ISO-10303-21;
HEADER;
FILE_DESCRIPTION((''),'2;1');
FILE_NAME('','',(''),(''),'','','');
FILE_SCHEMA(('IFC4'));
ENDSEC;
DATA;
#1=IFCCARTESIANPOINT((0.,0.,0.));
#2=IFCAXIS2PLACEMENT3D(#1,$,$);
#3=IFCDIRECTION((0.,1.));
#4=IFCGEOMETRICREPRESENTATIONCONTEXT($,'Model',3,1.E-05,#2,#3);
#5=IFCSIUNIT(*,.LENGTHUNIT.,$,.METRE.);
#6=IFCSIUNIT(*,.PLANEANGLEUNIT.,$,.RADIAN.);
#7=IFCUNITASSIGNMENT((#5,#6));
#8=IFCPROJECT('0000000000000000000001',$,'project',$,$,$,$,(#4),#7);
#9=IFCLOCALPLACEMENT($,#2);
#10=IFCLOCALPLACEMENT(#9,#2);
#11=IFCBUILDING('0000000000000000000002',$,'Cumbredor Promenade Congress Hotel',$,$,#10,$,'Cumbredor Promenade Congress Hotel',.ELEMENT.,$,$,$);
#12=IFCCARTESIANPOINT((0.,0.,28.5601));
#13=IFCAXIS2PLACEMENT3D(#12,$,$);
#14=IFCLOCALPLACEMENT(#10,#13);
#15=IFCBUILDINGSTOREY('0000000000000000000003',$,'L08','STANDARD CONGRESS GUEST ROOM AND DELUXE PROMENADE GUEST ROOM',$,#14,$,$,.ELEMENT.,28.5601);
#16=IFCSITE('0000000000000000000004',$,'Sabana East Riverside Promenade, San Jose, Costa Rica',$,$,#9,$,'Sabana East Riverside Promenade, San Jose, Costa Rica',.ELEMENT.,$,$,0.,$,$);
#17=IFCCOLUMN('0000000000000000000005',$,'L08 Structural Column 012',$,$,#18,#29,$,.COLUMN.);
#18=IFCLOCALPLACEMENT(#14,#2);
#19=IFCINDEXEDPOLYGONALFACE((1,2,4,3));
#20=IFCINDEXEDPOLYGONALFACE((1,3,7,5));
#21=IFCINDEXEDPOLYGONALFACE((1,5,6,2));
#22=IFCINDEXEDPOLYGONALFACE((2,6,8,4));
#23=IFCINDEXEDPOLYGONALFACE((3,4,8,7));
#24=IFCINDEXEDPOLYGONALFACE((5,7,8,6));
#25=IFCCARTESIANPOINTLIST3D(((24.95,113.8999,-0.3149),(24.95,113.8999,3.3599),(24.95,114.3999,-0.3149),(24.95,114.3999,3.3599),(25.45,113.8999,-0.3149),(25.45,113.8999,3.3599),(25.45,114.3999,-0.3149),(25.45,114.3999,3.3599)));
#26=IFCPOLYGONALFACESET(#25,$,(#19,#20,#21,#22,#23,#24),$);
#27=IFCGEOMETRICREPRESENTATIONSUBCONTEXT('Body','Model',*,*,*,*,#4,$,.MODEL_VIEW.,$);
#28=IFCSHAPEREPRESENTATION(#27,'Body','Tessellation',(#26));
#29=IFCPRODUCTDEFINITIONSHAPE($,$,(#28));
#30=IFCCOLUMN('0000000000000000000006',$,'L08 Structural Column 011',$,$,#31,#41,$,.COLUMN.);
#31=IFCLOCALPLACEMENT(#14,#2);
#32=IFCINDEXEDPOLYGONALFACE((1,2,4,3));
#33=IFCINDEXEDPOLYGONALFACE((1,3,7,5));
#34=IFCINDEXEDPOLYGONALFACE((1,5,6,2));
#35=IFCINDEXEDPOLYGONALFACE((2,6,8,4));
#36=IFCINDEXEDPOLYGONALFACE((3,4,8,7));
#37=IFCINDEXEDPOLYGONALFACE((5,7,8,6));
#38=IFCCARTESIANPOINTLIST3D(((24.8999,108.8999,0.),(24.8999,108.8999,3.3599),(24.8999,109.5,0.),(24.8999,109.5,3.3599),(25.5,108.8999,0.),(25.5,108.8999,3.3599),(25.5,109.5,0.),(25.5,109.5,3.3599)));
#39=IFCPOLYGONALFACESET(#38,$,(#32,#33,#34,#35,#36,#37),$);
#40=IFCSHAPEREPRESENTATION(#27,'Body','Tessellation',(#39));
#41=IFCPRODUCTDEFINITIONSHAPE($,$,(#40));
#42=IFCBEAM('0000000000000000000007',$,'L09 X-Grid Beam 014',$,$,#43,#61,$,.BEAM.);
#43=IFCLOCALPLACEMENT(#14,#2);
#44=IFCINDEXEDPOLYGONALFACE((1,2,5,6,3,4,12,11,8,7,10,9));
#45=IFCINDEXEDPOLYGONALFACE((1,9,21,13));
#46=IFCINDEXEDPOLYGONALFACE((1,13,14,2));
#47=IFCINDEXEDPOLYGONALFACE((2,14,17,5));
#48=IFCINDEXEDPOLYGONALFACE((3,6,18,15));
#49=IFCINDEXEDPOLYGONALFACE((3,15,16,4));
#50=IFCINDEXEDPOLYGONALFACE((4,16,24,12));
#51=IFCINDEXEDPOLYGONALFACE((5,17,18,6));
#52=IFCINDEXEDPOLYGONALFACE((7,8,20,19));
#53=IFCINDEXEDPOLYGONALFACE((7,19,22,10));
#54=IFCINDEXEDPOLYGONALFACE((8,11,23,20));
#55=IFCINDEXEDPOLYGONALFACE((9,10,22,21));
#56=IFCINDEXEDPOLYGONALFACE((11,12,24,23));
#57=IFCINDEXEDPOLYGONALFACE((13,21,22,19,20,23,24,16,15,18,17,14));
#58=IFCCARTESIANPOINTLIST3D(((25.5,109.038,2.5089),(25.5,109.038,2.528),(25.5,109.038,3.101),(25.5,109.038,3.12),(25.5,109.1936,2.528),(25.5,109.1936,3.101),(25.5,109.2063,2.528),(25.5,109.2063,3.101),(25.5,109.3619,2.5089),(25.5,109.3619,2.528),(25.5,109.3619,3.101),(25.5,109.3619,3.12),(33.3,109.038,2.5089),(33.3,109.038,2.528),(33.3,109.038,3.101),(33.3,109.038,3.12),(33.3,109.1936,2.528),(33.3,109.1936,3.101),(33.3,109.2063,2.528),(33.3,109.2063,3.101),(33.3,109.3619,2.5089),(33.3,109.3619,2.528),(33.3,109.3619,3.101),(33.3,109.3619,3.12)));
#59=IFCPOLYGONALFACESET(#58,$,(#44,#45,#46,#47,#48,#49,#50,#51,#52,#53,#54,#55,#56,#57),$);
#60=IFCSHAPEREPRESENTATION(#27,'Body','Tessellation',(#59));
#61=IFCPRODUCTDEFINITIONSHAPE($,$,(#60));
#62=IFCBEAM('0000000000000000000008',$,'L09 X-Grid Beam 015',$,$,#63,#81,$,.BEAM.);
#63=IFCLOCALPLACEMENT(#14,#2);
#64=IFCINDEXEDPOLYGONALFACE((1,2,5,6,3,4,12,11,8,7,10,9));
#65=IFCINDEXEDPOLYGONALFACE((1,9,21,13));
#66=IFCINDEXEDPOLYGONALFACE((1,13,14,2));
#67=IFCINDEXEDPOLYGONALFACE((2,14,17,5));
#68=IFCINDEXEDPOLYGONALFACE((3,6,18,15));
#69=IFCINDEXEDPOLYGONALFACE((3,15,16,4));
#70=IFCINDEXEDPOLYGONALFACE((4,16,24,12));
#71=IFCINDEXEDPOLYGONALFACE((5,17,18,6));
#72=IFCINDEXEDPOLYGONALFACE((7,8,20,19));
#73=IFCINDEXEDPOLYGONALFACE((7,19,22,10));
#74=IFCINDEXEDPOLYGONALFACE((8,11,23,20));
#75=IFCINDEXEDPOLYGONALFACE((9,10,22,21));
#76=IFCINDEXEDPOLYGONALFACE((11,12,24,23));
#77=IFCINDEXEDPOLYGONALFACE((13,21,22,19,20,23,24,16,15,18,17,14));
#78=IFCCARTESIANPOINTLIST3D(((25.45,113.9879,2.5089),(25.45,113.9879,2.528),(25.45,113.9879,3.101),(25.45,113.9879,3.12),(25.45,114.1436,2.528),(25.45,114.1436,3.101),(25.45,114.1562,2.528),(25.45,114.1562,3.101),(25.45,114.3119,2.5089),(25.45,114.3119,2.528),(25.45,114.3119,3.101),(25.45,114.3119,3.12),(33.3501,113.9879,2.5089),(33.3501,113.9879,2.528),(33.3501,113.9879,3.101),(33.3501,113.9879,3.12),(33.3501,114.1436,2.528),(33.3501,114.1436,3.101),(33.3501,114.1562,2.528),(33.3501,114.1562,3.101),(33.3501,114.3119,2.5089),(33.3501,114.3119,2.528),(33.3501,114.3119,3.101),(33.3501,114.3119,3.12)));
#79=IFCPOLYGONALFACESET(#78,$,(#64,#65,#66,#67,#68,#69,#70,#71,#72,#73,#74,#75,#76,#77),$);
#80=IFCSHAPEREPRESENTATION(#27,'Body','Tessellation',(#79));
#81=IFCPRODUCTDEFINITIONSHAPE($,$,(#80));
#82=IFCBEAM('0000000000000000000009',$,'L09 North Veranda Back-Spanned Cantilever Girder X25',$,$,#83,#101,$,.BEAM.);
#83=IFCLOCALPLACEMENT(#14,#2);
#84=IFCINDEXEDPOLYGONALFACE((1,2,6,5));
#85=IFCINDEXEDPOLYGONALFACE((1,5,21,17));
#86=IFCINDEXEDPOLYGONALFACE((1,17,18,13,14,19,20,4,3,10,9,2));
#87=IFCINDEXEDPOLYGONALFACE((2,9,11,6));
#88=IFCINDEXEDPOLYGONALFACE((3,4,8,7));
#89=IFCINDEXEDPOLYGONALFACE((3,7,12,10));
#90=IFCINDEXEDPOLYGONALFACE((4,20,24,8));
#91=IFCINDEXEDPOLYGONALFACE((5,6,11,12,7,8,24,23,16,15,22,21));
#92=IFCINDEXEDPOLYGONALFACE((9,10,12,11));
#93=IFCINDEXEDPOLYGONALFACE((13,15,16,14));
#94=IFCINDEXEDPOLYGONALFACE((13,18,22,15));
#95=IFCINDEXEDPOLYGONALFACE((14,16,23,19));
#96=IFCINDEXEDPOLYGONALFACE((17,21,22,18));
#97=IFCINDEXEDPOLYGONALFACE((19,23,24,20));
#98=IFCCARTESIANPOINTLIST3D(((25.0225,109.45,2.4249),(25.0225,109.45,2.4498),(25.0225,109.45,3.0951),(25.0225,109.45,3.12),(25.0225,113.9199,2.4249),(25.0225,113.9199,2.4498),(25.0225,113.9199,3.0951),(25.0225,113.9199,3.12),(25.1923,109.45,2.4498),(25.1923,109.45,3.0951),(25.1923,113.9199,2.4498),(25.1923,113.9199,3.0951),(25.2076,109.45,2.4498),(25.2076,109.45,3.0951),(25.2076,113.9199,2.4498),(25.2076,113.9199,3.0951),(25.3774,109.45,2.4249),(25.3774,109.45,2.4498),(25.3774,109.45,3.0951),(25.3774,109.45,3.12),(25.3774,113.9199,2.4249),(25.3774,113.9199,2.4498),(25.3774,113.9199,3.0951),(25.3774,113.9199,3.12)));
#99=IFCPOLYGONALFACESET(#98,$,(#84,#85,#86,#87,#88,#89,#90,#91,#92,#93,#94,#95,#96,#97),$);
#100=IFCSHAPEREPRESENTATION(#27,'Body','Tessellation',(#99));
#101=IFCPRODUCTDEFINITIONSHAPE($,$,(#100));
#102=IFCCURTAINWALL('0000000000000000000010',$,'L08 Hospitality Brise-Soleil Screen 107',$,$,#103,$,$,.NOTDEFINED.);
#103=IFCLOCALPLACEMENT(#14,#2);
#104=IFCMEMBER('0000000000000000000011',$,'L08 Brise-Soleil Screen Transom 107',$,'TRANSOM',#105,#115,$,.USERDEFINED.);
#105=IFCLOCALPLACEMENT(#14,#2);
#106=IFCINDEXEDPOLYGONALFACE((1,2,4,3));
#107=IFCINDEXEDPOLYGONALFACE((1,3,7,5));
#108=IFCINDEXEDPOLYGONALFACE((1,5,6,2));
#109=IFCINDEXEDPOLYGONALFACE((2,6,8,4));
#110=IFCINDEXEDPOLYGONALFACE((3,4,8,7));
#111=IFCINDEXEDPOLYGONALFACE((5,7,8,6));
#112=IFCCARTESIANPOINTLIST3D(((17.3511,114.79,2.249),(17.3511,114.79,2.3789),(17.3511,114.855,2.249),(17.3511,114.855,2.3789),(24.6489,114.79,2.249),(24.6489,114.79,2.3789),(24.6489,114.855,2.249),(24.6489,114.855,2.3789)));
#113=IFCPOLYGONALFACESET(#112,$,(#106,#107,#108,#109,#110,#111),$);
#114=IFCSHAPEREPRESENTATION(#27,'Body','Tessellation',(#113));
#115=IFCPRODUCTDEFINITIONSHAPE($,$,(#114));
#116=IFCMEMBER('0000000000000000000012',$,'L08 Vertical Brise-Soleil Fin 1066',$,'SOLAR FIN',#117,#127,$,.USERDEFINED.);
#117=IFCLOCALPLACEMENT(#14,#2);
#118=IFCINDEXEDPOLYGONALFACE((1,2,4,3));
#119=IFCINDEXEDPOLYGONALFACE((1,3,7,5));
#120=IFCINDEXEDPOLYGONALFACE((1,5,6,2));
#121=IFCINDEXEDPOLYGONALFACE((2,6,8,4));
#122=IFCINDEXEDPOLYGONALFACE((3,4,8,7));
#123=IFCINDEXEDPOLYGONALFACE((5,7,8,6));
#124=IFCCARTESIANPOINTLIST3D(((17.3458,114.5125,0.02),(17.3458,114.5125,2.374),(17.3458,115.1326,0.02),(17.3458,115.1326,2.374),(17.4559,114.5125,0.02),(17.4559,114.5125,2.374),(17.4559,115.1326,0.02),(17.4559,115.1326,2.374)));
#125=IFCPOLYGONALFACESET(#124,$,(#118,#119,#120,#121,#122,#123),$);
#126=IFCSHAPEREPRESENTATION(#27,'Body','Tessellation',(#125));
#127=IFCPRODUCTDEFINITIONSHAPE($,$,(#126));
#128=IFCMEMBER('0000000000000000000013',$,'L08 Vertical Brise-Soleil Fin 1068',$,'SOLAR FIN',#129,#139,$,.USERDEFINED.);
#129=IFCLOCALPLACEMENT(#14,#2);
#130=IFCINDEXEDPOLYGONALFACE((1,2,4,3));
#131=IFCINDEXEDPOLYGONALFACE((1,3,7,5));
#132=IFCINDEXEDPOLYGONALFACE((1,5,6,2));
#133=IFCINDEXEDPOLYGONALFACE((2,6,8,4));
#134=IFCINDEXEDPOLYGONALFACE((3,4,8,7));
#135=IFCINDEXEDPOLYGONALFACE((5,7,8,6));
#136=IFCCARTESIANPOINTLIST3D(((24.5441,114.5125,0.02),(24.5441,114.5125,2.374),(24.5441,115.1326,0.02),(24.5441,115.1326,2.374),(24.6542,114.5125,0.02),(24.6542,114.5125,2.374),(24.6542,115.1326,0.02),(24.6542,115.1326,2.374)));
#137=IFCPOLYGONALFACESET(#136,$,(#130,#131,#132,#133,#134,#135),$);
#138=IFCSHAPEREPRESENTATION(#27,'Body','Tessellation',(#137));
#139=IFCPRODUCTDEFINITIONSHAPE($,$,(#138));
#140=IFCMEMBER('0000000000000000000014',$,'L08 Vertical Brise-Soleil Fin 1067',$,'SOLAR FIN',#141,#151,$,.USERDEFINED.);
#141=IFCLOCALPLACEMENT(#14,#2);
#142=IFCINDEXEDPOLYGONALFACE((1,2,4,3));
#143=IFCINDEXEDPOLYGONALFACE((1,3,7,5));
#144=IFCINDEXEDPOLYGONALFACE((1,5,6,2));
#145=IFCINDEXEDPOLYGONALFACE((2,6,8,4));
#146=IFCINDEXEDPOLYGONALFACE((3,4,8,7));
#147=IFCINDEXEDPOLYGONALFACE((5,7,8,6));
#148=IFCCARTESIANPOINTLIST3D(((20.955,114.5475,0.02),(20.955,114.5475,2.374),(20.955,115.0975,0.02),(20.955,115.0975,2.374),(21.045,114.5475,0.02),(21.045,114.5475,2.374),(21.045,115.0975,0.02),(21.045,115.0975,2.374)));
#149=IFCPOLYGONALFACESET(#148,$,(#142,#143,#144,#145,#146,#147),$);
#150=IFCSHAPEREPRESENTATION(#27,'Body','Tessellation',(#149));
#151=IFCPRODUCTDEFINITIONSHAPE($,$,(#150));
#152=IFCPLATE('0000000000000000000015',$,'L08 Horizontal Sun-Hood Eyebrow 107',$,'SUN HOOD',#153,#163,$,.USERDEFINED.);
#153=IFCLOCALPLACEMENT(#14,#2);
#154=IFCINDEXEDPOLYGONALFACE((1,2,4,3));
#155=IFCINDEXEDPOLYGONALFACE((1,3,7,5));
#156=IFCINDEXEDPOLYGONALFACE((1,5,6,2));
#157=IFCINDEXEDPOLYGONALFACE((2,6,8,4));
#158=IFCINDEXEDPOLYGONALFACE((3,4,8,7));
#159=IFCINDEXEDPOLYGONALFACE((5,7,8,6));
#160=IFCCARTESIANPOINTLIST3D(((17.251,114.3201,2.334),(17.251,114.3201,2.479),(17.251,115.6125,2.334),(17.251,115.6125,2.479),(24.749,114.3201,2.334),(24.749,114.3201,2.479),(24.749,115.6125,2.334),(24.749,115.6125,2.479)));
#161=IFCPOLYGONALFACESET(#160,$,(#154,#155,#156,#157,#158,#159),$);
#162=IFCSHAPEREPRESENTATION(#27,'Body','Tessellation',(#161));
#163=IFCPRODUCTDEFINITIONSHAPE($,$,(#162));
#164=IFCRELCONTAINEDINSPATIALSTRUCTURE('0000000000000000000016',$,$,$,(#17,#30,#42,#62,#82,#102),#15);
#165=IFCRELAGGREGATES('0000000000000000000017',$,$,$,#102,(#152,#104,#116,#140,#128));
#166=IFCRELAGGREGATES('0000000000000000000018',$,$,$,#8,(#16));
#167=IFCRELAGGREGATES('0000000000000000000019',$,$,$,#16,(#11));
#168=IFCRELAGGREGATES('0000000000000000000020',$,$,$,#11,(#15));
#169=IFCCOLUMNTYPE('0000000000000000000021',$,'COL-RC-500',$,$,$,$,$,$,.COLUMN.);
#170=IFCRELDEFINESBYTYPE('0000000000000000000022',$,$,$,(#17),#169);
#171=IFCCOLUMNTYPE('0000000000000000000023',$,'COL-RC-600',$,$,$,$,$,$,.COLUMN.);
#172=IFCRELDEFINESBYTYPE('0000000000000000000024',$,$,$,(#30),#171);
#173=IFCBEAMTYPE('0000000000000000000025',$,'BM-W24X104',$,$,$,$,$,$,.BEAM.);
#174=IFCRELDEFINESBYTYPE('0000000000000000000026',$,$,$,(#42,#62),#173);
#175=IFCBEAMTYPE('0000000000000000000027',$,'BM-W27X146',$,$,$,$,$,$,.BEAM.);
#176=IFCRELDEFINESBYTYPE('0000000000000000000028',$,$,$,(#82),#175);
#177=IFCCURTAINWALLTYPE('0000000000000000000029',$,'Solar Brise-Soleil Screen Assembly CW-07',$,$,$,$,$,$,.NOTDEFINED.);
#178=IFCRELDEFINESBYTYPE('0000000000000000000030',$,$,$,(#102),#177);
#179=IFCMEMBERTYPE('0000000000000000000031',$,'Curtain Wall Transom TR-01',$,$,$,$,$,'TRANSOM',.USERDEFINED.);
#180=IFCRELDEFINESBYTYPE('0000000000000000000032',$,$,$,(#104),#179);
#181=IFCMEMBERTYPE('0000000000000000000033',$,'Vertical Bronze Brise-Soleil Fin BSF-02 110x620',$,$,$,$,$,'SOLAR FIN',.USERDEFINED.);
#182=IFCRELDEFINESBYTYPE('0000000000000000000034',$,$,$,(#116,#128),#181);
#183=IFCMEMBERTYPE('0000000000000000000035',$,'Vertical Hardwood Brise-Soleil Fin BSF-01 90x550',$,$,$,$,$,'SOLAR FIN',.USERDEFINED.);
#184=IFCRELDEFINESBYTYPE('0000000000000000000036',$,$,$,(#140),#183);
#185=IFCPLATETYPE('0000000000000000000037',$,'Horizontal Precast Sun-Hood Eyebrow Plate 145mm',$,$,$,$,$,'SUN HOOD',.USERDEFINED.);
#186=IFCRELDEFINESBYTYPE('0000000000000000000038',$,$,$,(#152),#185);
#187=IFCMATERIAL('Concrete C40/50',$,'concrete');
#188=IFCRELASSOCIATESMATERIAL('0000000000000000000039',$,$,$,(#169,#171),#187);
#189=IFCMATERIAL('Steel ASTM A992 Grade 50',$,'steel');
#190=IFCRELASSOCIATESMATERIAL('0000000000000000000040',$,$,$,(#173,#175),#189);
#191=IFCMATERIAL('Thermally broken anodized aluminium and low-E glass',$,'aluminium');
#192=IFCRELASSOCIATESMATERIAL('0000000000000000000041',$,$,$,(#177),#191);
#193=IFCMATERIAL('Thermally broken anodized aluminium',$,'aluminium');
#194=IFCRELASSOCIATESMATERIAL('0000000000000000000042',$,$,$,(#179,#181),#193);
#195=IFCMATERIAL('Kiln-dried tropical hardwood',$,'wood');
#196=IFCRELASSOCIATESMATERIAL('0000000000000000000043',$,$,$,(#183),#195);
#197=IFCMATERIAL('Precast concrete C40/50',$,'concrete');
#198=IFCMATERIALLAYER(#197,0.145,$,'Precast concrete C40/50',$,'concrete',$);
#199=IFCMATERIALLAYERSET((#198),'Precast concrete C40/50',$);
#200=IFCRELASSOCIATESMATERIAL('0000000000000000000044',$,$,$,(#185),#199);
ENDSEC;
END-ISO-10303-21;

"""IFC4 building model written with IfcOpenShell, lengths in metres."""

from ifc_helpers import new_model, si_unit, direction, frame, origin, origin_2d, place, context, subcontext, project, spatial, rectangle, i_section, extrude, material, layer, layer_set, material_profile, profile_set, type_object, element, aggregate, save


model = new_model("IFC4")

# Units and contexts
model_context = context("Model", 3, precision=1e-05, world=origin(), true_north=direction((0.0, 1.0)))
body_context = subcontext(model_context, "Body", "Model", "MODEL_VIEW")
ifc_project = project(units=[si_unit("LENGTHUNIT", "METRE"), si_unit("PLANEANGLEUNIT", "RADIAN")], contexts=[model_context])

# Site, building, storey
site_placement = place(None, origin())
site = spatial("IfcSite", under=ifc_project, at=site_placement, Name="Sabana East Riverside Promenade, San Jose, Costa Rica", LongName="Sabana East Riverside Promenade, San Jose, Costa Rica", CompositionType="ELEMENT", RefElevation=0.0)
building_placement = place(site_placement, origin())
building = spatial("IfcBuilding", under=site, at=building_placement, Name="Cumbredor Promenade Congress Hotel", LongName="Cumbredor Promenade Congress Hotel", CompositionType="ELEMENT")
storey_placement = place(building_placement, frame((0.0, 0.0, 28.5601)))
storey = spatial("IfcBuildingStorey", under=building, at=storey_placement, Name="L08", Description="STANDARD CONGRESS GUEST ROOM AND DELUXE PROMENADE GUEST ROOM", CompositionType="ELEMENT", Elevation=28.5601)

# Columns
ifc_material_1 = material(Name="Concrete C40/50", Category="concrete")
ifc_material_profile_1 = material_profile(ifc_material_1, rectangle(XDim=0.5, YDim=0.5, at=origin_2d()), Name="RC 500x500")
ifc_profile_set_1 = profile_set([ifc_material_profile_1], Name="Concrete C40/50")
column_type_1 = type_object("IfcColumnType", Name="COL-RC-500", PredefinedType="COLUMN", material=ifc_profile_set_1)
column_1_placement = place(storey_placement, frame((25.2, 114.1499, -0.3149), z_axis=(0.0, 0.0, 1.0), x_axis=(1.0, 0.0, 0.0)))
element("IfcColumn", 1, at=column_1_placement, inside=storey, type_object=column_type_1, Name="L08 Structural Column 012", PredefinedType="COLUMN", context=body_context, shape_type="SweptSolid", body=[
    extrude(rectangle(XDim=0.5, YDim=0.5, at=origin_2d()), origin(), (0.0, 0.0, 1.0), 3.6748),
])
ifc_material_profile_2 = material_profile(ifc_material_1, rectangle(XDim=0.6001, YDim=0.6001, at=origin_2d()), Name="RC 600x600")
ifc_profile_set_2 = profile_set([ifc_material_profile_2], Name="Concrete C40/50")
column_type_2 = type_object("IfcColumnType", Name="COL-RC-600", PredefinedType="COLUMN", material=ifc_profile_set_2)
column_2_placement = place(storey_placement, frame((25.2, 109.2, 0.0), z_axis=(0.0, 0.0, 1.0), x_axis=(1.0, 0.0, 0.0)))
element("IfcColumn", 2, at=column_2_placement, inside=storey, type_object=column_type_2, Name="L08 Structural Column 011", PredefinedType="COLUMN", context=body_context, shape_type="SweptSolid", body=[
    extrude(rectangle(XDim=0.6001, YDim=0.6001, at=origin_2d()), origin(), (0.0, 0.0, 1.0), 3.3599),
])

# Beams
ifc_material_2 = material(Name="Steel ASTM A992 Grade 50", Category="steel")
ifc_material_profile_3 = material_profile(ifc_material_2, i_section(OverallWidth=0.324, OverallDepth=0.6111, WebThickness=0.0127, FlangeThickness=0.019, at=origin_2d()), Name="W24X104")
ifc_profile_set_3 = profile_set([ifc_material_profile_3], Name="Steel ASTM A992 Grade 50")
beam_type_1 = type_object("IfcBeamType", Name="BM-W24X104", PredefinedType="BEAM", material=ifc_profile_set_3)
beam_1_placement = place(storey_placement, frame((25.5, 109.2, 2.8145), z_axis=(1.0, 0.0, 0.0), x_axis=(0.0, 1.0, 0.0)))
element("IfcBeam", 3, at=beam_1_placement, inside=storey, type_object=beam_type_1, Name="L09 X-Grid Beam 014", PredefinedType="BEAM", context=body_context, shape_type="SweptSolid", body=[
    extrude(i_section(OverallWidth=0.324, OverallDepth=0.6111, WebThickness=0.0127, FlangeThickness=0.019, at=origin_2d()), origin(), (0.0, 0.0, 1.0), 7.8),
])
beam_2_placement = place(storey_placement, frame((25.45, 114.1499, 2.8145), z_axis=(1.0, 0.0, 0.0), x_axis=(0.0, 1.0, 0.0)))
element("IfcBeam", 4, at=beam_2_placement, inside=storey, type_object=beam_type_1, Name="L09 X-Grid Beam 015", PredefinedType="BEAM", context=body_context, shape_type="SweptSolid", body=[
    extrude(i_section(OverallWidth=0.324, OverallDepth=0.6111, WebThickness=0.0127, FlangeThickness=0.019, at=origin_2d()), origin(), (0.0, 0.0, 1.0), 7.9001),
])
ifc_material_profile_4 = material_profile(ifc_material_2, i_section(OverallWidth=0.355, OverallDepth=0.6951, WebThickness=0.0154, FlangeThickness=0.0249, at=origin_2d()), Name="W27X146")
ifc_profile_set_4 = profile_set([ifc_material_profile_4], Name="Steel ASTM A992 Grade 50")
beam_type_2 = type_object("IfcBeamType", Name="BM-W27X146", PredefinedType="BEAM", material=ifc_profile_set_4)
beam_3_placement = place(storey_placement, frame((25.2, 109.45, 2.7725), z_axis=(0.0, 1.0, 0.0), x_axis=(-1.0, 0.0, 0.0)))
element("IfcBeam", 5, at=beam_3_placement, inside=storey, type_object=beam_type_2, Name="L09 North Veranda Back-Spanned Cantilever Girder X25", PredefinedType="BEAM", context=body_context, shape_type="SweptSolid", body=[
    extrude(i_section(OverallWidth=0.355, OverallDepth=0.6951, WebThickness=0.0154, FlangeThickness=0.0249, at=origin_2d()), origin(), (0.0, 0.0, 1.0), 4.47),
])

# Curtain wall, members, plate
ifc_material_3 = material(Name="Thermally broken anodized aluminium and low-E glass", Category="aluminium")
curtain_wall_type = type_object("IfcCurtainWallType", Name="Solar Brise-Soleil Screen Assembly CW-07", PredefinedType="NOTDEFINED", material=ifc_material_3)
curtain_wall_placement = place(storey_placement, origin())
curtain_wall = element("IfcCurtainWall", 6, at=curtain_wall_placement, inside=storey, type_object=curtain_wall_type, Name="L08 Hospitality Brise-Soleil Screen 107", PredefinedType="NOTDEFINED")
ifc_material_4 = material(Name="Thermally broken anodized aluminium", Category="aluminium")
ifc_material_profile_5 = material_profile(ifc_material_4, rectangle(XDim=0.0649, YDim=0.1299, at=origin_2d()), Name="ALU TRANSOM 65x130")
ifc_profile_set_5 = profile_set([ifc_material_profile_5], Name="Thermally broken anodized aluminium")
member_type_1 = type_object("IfcMemberType", Name="Curtain Wall Transom TR-01", ElementType="TRANSOM", PredefinedType="USERDEFINED", material=ifc_profile_set_5)
member_1_placement = place(storey_placement, frame((17.3511, 114.8225, 2.314), z_axis=(1.0, 0.0, 0.0), x_axis=(0.0, 1.0, 0.0)))
member_1 = element("IfcMember", 7, at=member_1_placement, type_object=member_type_1, Name="L08 Brise-Soleil Screen Transom 107", ObjectType="TRANSOM", PredefinedType="USERDEFINED", context=body_context, shape_type="SweptSolid", body=[
    extrude(rectangle(XDim=0.0649, YDim=0.1299, at=origin_2d()), origin(), (0.0, 0.0, 1.0), 7.2979),
])
ifc_material_profile_6 = material_profile(ifc_material_4, rectangle(XDim=0.1101, YDim=0.6201, at=origin_2d()), Name="ARCH FIN 110x620")
ifc_profile_set_6 = profile_set([ifc_material_profile_6], Name="Thermally broken anodized aluminium")
member_type_2 = type_object("IfcMemberType", Name="Vertical Bronze Brise-Soleil Fin BSF-02 110x620", ElementType="SOLAR FIN", PredefinedType="USERDEFINED", material=ifc_profile_set_6)
member_2_placement = place(storey_placement, frame((17.4009, 114.8225, 0.02), z_axis=(0.0, 0.0, 1.0), x_axis=(1.0, 0.0, 0.0)))
member_2 = element("IfcMember", 8, at=member_2_placement, type_object=member_type_2, Name="L08 Vertical Brise-Soleil Fin 1066", ObjectType="SOLAR FIN", PredefinedType="USERDEFINED", context=body_context, shape_type="SweptSolid", body=[
    extrude(rectangle(XDim=0.1101, YDim=0.6201, at=origin_2d()), origin(), (0.0, 0.0, 1.0), 2.354),
])
member_3_placement = place(storey_placement, frame((24.5991, 114.8225, 0.02), z_axis=(0.0, 0.0, 1.0), x_axis=(1.0, 0.0, 0.0)))
member_3 = element("IfcMember", 9, at=member_3_placement, type_object=member_type_2, Name="L08 Vertical Brise-Soleil Fin 1068", ObjectType="SOLAR FIN", PredefinedType="USERDEFINED", context=body_context, shape_type="SweptSolid", body=[
    extrude(rectangle(XDim=0.1101, YDim=0.6201, at=origin_2d()), origin(), (0.0, 0.0, 1.0), 2.354),
])
ifc_material_5 = material(Name="Kiln-dried tropical hardwood", Category="wood")
ifc_material_profile_7 = material_profile(ifc_material_5, rectangle(XDim=0.0901, YDim=0.55, at=origin_2d()), Name="ARCH FIN 90x550")
ifc_profile_set_7 = profile_set([ifc_material_profile_7], Name="Kiln-dried tropical hardwood")
member_type_3 = type_object("IfcMemberType", Name="Vertical Hardwood Brise-Soleil Fin BSF-01 90x550", ElementType="SOLAR FIN", PredefinedType="USERDEFINED", material=ifc_profile_set_7)
member_4_placement = place(storey_placement, frame((21.0, 114.8225, 0.02), z_axis=(0.0, 0.0, 1.0), x_axis=(1.0, 0.0, 0.0)))
member_4 = element("IfcMember", 10, at=member_4_placement, type_object=member_type_3, Name="L08 Vertical Brise-Soleil Fin 1067", ObjectType="SOLAR FIN", PredefinedType="USERDEFINED", context=body_context, shape_type="SweptSolid", body=[
    extrude(rectangle(XDim=0.0901, YDim=0.55, at=origin_2d()), origin(), (0.0, 0.0, 1.0), 2.354),
])
ifc_material_6 = material(Name="Precast concrete C40/50", Category="concrete")
ifc_layer_1 = layer(ifc_material_6, 0.145, Name="Precast concrete C40/50", Category="concrete")
ifc_layer_set_1 = layer_set([ifc_layer_1], Name="Precast concrete C40/50")
plate_type = type_object("IfcPlateType", Name="Horizontal Precast Sun-Hood Eyebrow Plate 145mm", ElementType="SUN HOOD", PredefinedType="USERDEFINED", material=ifc_layer_set_1)
plate_placement = place(storey_placement, frame((21.0, 114.9663, 2.334), z_axis=(0.0, 0.0, 1.0), x_axis=(1.0, 0.0, 0.0)))
plate = element("IfcPlate", 11, at=plate_placement, type_object=plate_type, Name="L08 Horizontal Sun-Hood Eyebrow 107", ObjectType="SUN HOOD", PredefinedType="USERDEFINED", context=body_context, shape_type="SweptSolid", body=[
    extrude(rectangle(XDim=7.498, YDim=1.2925, at=origin_2d()), origin(), (0.0, 0.0, 1.0), 0.145),
])
aggregate(curtain_wall, [plate, member_1, member_2, member_4, member_3])

save(model, "model.ifc")
